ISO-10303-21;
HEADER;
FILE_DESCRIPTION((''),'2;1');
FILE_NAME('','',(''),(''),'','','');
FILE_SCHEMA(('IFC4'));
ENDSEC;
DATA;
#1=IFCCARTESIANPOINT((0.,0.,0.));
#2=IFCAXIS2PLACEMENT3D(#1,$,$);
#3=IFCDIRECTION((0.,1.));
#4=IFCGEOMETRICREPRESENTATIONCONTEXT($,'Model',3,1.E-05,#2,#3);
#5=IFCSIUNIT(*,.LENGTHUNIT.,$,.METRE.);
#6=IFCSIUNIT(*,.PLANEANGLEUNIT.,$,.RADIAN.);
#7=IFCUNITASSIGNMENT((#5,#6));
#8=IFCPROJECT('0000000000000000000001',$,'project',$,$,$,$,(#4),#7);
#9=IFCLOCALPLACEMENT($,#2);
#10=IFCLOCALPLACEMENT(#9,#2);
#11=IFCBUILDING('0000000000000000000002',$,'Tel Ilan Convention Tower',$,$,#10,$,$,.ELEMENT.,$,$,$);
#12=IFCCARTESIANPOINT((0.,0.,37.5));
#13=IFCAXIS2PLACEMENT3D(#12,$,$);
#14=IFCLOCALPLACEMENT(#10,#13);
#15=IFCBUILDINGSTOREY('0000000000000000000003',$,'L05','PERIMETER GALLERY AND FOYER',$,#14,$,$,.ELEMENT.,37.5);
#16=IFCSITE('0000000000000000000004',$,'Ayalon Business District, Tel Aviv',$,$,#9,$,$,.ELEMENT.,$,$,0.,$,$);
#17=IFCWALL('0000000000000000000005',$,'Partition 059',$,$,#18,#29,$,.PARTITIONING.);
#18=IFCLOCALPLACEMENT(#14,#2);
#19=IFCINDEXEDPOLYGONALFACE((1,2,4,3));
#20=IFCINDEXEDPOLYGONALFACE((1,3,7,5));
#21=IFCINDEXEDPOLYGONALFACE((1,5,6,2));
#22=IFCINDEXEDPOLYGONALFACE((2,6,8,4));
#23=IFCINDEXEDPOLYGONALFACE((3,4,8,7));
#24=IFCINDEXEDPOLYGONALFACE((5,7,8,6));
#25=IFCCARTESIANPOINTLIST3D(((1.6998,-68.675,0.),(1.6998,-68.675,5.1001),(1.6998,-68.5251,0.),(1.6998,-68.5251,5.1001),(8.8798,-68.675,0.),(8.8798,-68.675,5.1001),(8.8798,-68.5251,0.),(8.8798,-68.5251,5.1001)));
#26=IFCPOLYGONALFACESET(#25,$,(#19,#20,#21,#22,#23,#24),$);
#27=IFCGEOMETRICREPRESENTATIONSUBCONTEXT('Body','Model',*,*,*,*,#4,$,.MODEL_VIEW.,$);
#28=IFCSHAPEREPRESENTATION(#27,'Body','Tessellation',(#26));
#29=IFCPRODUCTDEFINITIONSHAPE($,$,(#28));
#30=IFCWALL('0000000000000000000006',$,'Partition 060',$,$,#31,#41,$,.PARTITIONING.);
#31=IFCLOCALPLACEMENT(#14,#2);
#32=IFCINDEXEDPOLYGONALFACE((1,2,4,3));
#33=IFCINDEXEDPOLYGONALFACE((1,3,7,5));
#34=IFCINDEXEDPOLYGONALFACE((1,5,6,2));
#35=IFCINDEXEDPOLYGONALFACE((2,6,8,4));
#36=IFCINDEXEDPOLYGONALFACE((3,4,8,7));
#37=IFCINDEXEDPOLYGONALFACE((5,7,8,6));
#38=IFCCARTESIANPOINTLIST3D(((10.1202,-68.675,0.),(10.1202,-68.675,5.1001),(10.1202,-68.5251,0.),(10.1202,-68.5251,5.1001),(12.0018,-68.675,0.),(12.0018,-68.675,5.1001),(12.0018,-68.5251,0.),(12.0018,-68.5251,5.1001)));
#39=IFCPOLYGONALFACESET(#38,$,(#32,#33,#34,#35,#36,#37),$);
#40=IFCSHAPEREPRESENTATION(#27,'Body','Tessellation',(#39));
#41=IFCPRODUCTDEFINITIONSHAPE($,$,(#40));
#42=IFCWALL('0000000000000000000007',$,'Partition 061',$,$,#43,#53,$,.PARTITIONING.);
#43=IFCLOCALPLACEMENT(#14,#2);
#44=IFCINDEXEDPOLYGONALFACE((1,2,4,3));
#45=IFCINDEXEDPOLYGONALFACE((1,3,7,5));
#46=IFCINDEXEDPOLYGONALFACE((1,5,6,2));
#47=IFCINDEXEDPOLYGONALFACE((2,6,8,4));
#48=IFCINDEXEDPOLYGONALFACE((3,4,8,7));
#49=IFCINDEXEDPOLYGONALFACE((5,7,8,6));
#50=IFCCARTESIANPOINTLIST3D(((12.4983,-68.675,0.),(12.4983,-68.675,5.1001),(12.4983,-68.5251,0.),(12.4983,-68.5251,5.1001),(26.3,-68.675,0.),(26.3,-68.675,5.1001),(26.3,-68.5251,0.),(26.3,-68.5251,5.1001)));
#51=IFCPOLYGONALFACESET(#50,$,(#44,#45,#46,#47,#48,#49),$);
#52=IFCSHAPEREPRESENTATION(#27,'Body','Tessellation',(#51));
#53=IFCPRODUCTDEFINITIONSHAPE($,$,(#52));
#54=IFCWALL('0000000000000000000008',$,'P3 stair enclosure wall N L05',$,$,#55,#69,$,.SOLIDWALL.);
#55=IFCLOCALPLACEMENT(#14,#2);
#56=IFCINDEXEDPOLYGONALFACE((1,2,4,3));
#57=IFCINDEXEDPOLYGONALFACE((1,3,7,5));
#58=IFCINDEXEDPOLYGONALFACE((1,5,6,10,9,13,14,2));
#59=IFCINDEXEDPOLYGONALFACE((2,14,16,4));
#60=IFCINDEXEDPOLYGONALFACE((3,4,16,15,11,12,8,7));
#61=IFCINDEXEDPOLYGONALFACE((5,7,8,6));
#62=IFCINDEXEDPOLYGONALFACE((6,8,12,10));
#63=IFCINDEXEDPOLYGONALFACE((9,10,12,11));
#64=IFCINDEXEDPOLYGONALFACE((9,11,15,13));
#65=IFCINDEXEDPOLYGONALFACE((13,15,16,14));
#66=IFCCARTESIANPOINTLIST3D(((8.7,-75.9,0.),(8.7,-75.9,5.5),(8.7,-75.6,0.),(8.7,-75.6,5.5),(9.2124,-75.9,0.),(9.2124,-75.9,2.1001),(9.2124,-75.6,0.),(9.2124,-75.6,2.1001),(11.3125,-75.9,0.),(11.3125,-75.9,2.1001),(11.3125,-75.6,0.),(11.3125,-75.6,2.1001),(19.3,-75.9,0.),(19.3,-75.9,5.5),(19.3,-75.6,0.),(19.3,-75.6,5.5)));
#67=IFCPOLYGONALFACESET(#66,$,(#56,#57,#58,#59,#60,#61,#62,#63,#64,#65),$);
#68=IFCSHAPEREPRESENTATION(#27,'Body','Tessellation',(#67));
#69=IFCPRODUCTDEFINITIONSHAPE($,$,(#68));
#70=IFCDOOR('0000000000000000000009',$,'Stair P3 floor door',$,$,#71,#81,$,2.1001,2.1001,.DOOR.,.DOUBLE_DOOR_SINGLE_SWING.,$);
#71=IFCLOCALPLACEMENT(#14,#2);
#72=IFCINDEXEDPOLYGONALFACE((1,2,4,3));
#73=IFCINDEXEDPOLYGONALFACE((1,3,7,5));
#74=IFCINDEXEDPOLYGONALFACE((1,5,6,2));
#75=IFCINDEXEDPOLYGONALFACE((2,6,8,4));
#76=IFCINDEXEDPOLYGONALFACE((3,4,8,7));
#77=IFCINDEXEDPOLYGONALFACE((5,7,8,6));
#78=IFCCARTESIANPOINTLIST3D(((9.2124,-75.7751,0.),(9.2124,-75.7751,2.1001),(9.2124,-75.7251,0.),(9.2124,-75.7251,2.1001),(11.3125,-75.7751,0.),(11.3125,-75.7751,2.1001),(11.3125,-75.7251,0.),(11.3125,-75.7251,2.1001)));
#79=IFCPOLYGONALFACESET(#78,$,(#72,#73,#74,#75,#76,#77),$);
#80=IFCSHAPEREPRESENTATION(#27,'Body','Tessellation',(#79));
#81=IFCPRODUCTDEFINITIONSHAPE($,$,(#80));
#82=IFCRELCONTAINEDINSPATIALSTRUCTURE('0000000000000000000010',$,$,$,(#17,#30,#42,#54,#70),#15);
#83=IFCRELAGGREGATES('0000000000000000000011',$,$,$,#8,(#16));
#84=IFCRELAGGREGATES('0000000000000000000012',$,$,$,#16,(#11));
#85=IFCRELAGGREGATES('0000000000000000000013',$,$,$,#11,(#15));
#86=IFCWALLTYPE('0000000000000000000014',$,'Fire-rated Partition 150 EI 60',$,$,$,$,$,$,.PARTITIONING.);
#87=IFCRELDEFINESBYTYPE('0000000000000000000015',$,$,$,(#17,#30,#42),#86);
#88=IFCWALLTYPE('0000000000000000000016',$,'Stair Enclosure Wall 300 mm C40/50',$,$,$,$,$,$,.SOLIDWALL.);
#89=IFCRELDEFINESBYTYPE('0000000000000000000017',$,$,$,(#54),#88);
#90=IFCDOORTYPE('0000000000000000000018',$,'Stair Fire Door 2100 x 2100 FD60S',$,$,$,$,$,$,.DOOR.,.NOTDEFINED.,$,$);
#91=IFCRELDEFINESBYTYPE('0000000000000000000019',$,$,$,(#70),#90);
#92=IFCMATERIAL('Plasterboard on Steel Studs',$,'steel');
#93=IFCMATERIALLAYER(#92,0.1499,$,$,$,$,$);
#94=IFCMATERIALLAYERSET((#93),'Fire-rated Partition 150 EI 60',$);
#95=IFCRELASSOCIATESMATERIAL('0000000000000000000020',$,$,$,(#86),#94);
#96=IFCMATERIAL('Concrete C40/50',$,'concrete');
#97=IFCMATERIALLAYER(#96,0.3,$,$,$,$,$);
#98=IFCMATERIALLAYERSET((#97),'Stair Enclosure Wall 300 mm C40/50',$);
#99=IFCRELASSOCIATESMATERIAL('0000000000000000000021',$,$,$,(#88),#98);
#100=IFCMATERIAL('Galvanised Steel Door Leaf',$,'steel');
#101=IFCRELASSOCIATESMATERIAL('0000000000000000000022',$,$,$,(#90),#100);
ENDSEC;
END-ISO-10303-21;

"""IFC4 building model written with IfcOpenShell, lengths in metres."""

from ifc_helpers import new_model, si_unit, direction, frame, frame_2d, origin, place, context, subcontext, project, spatial, rectangle, extrude, material, layer, layer_set, type_object, element, fill, save


model = new_model("IFC4")

# Units and contexts
model_context = context("Model", 3, precision=1e-05, world=origin(), true_north=direction((0.0, 1.0)))
body_context = subcontext(model_context, "Body", "Model", "MODEL_VIEW")
ifc_project = project(units=[si_unit("LENGTHUNIT", "METRE"), si_unit("PLANEANGLEUNIT", "RADIAN")], contexts=[model_context])

# Site, building, storey
site_placement = place(None, origin())
site = spatial("IfcSite", under=ifc_project, at=site_placement, Name="Ayalon Business District, Tel Aviv", CompositionType="ELEMENT", RefElevation=0.0)
building_placement = place(site_placement, origin())
building = spatial("IfcBuilding", under=site, at=building_placement, Name="Tel Ilan Convention Tower", CompositionType="ELEMENT")
storey_placement = place(building_placement, frame((0.0, 0.0, 37.5)))
storey = spatial("IfcBuildingStorey", under=building, at=storey_placement, Name="L05", Description="PERIMETER GALLERY AND FOYER", CompositionType="ELEMENT", Elevation=37.5)

# Walls
ifc_material_1 = material(Name="Plasterboard on Steel Studs", Category="steel")
ifc_layer_1 = layer(ifc_material_1, 0.1499)
ifc_layer_set_1 = layer_set([ifc_layer_1], Name="Fire-rated Partition 150 EI 60")
wall_type_1 = type_object("IfcWallType", Name="Fire-rated Partition 150 EI 60", PredefinedType="PARTITIONING", material=ifc_layer_set_1)
wall_1_placement = place(storey_placement, frame((1.7, -68.6001, 0.0), z_axis=(0.0, 0.0, 1.0), x_axis=(1.0, 0.0, 0.0)))
element("IfcWall", 1, at=wall_1_placement, inside=storey, type_object=wall_type_1, Name="Partition 059", PredefinedType="PARTITIONING", context=body_context, shape_type="SweptSolid", body=[
    extrude(rectangle(XDim=7.1799, YDim=0.1499, at=frame_2d((3.5898, 0.0))), origin(), (0.0, 0.0, 1.0), 5.1001),
])
wall_2_placement = place(storey_placement, frame((10.1201, -68.6001, 0.0), z_axis=(0.0, 0.0, 1.0), x_axis=(1.0, 0.0, 0.0)))
element("IfcWall", 2, at=wall_2_placement, inside=storey, type_object=wall_type_1, Name="Partition 060", PredefinedType="PARTITIONING", context=body_context, shape_type="SweptSolid", body=[
    extrude(rectangle(XDim=1.8816, YDim=0.1499, at=frame_2d((0.9409, 0.0))), origin(), (0.0, 0.0, 1.0), 5.1001),
])
wall_3_placement = place(storey_placement, frame((12.4983, -68.6001, 0.0), z_axis=(0.0, 0.0, 1.0), x_axis=(1.0, 0.0, 0.0)))
element("IfcWall", 3, at=wall_3_placement, inside=storey, type_object=wall_type_1, Name="Partition 061", PredefinedType="PARTITIONING", context=body_context, shape_type="SweptSolid", body=[
    extrude(rectangle(XDim=13.8018, YDim=0.1499, at=frame_2d((6.9009, 0.0))), origin(), (0.0, 0.0, 1.0), 5.1001),
])

# Wall, opening, door
ifc_material_2 = material(Name="Concrete C40/50", Category="concrete")
ifc_layer_2 = layer(ifc_material_2, 0.3)
ifc_layer_set_2 = layer_set([ifc_layer_2], Name="Stair Enclosure Wall 300 mm C40/50")
wall_type_2 = type_object("IfcWallType", Name="Stair Enclosure Wall 300 mm C40/50", PredefinedType="SOLIDWALL", material=ifc_layer_set_2)
wall_4_placement = place(storey_placement, frame((8.7, -75.75, 0.0), z_axis=(0.0, 0.0, 1.0), x_axis=(1.0, 0.0, 0.0)))
wall_4 = element("IfcWall", 4, at=wall_4_placement, inside=storey, type_object=wall_type_2, Name="P3 stair enclosure wall N L05", PredefinedType="SOLIDWALL", context=body_context, shape_type="SweptSolid", body=[
    extrude(rectangle(XDim=10.6001, YDim=0.3, at=frame_2d((5.3, 0.0))), origin(), (0.0, 0.0, 1.0), 5.5),
])
opening_placement = place(wall_4_placement, frame((0.5125, 0.0, 0.0)))
opening = element("IfcOpeningElement", 5, at=opening_placement, cuts=wall_4, PredefinedType="OPENING", context=body_context, shape_type="SweptSolid", body=[
    extrude(rectangle(XDim=2.1001, YDim=2.1001, at=frame_2d((1.05, 1.05))), frame((0.0, 0.1599, 0.0), z_axis=(0.0, -1.0, 0.0), x_axis=(1.0, 0.0, 0.0)), (0.0, 0.0, 1.0), 0.3201),
])
ifc_material_3 = material(Name="Galvanised Steel Door Leaf", Category="steel")
door_type = type_object("IfcDoorType", Name="Stair Fire Door 2100 x 2100 FD60S", OperationType="NOTDEFINED", PredefinedType="DOOR", material=ifc_material_3)
door_placement = place(opening_placement, origin())
door = element("IfcDoor", 6, at=door_placement, inside=storey, type_object=door_type, Name="Stair P3 floor door", OperationType="DOUBLE_DOOR_SINGLE_SWING", OverallHeight=2.1001, OverallWidth=2.1001, PredefinedType="DOOR", context=body_context, shape_type="SweptSolid", body=[
    extrude(rectangle(XDim=2.1001, YDim=2.1001, at=frame_2d((1.05, 1.05))), frame((0.0, 0.0249, 0.0), z_axis=(0.0, -1.0, 0.0), x_axis=(1.0, 0.0, 0.0)), (0.0, 0.0, 1.0), 0.05),
])
fill(opening, door)

save(model, "model.ifc")
